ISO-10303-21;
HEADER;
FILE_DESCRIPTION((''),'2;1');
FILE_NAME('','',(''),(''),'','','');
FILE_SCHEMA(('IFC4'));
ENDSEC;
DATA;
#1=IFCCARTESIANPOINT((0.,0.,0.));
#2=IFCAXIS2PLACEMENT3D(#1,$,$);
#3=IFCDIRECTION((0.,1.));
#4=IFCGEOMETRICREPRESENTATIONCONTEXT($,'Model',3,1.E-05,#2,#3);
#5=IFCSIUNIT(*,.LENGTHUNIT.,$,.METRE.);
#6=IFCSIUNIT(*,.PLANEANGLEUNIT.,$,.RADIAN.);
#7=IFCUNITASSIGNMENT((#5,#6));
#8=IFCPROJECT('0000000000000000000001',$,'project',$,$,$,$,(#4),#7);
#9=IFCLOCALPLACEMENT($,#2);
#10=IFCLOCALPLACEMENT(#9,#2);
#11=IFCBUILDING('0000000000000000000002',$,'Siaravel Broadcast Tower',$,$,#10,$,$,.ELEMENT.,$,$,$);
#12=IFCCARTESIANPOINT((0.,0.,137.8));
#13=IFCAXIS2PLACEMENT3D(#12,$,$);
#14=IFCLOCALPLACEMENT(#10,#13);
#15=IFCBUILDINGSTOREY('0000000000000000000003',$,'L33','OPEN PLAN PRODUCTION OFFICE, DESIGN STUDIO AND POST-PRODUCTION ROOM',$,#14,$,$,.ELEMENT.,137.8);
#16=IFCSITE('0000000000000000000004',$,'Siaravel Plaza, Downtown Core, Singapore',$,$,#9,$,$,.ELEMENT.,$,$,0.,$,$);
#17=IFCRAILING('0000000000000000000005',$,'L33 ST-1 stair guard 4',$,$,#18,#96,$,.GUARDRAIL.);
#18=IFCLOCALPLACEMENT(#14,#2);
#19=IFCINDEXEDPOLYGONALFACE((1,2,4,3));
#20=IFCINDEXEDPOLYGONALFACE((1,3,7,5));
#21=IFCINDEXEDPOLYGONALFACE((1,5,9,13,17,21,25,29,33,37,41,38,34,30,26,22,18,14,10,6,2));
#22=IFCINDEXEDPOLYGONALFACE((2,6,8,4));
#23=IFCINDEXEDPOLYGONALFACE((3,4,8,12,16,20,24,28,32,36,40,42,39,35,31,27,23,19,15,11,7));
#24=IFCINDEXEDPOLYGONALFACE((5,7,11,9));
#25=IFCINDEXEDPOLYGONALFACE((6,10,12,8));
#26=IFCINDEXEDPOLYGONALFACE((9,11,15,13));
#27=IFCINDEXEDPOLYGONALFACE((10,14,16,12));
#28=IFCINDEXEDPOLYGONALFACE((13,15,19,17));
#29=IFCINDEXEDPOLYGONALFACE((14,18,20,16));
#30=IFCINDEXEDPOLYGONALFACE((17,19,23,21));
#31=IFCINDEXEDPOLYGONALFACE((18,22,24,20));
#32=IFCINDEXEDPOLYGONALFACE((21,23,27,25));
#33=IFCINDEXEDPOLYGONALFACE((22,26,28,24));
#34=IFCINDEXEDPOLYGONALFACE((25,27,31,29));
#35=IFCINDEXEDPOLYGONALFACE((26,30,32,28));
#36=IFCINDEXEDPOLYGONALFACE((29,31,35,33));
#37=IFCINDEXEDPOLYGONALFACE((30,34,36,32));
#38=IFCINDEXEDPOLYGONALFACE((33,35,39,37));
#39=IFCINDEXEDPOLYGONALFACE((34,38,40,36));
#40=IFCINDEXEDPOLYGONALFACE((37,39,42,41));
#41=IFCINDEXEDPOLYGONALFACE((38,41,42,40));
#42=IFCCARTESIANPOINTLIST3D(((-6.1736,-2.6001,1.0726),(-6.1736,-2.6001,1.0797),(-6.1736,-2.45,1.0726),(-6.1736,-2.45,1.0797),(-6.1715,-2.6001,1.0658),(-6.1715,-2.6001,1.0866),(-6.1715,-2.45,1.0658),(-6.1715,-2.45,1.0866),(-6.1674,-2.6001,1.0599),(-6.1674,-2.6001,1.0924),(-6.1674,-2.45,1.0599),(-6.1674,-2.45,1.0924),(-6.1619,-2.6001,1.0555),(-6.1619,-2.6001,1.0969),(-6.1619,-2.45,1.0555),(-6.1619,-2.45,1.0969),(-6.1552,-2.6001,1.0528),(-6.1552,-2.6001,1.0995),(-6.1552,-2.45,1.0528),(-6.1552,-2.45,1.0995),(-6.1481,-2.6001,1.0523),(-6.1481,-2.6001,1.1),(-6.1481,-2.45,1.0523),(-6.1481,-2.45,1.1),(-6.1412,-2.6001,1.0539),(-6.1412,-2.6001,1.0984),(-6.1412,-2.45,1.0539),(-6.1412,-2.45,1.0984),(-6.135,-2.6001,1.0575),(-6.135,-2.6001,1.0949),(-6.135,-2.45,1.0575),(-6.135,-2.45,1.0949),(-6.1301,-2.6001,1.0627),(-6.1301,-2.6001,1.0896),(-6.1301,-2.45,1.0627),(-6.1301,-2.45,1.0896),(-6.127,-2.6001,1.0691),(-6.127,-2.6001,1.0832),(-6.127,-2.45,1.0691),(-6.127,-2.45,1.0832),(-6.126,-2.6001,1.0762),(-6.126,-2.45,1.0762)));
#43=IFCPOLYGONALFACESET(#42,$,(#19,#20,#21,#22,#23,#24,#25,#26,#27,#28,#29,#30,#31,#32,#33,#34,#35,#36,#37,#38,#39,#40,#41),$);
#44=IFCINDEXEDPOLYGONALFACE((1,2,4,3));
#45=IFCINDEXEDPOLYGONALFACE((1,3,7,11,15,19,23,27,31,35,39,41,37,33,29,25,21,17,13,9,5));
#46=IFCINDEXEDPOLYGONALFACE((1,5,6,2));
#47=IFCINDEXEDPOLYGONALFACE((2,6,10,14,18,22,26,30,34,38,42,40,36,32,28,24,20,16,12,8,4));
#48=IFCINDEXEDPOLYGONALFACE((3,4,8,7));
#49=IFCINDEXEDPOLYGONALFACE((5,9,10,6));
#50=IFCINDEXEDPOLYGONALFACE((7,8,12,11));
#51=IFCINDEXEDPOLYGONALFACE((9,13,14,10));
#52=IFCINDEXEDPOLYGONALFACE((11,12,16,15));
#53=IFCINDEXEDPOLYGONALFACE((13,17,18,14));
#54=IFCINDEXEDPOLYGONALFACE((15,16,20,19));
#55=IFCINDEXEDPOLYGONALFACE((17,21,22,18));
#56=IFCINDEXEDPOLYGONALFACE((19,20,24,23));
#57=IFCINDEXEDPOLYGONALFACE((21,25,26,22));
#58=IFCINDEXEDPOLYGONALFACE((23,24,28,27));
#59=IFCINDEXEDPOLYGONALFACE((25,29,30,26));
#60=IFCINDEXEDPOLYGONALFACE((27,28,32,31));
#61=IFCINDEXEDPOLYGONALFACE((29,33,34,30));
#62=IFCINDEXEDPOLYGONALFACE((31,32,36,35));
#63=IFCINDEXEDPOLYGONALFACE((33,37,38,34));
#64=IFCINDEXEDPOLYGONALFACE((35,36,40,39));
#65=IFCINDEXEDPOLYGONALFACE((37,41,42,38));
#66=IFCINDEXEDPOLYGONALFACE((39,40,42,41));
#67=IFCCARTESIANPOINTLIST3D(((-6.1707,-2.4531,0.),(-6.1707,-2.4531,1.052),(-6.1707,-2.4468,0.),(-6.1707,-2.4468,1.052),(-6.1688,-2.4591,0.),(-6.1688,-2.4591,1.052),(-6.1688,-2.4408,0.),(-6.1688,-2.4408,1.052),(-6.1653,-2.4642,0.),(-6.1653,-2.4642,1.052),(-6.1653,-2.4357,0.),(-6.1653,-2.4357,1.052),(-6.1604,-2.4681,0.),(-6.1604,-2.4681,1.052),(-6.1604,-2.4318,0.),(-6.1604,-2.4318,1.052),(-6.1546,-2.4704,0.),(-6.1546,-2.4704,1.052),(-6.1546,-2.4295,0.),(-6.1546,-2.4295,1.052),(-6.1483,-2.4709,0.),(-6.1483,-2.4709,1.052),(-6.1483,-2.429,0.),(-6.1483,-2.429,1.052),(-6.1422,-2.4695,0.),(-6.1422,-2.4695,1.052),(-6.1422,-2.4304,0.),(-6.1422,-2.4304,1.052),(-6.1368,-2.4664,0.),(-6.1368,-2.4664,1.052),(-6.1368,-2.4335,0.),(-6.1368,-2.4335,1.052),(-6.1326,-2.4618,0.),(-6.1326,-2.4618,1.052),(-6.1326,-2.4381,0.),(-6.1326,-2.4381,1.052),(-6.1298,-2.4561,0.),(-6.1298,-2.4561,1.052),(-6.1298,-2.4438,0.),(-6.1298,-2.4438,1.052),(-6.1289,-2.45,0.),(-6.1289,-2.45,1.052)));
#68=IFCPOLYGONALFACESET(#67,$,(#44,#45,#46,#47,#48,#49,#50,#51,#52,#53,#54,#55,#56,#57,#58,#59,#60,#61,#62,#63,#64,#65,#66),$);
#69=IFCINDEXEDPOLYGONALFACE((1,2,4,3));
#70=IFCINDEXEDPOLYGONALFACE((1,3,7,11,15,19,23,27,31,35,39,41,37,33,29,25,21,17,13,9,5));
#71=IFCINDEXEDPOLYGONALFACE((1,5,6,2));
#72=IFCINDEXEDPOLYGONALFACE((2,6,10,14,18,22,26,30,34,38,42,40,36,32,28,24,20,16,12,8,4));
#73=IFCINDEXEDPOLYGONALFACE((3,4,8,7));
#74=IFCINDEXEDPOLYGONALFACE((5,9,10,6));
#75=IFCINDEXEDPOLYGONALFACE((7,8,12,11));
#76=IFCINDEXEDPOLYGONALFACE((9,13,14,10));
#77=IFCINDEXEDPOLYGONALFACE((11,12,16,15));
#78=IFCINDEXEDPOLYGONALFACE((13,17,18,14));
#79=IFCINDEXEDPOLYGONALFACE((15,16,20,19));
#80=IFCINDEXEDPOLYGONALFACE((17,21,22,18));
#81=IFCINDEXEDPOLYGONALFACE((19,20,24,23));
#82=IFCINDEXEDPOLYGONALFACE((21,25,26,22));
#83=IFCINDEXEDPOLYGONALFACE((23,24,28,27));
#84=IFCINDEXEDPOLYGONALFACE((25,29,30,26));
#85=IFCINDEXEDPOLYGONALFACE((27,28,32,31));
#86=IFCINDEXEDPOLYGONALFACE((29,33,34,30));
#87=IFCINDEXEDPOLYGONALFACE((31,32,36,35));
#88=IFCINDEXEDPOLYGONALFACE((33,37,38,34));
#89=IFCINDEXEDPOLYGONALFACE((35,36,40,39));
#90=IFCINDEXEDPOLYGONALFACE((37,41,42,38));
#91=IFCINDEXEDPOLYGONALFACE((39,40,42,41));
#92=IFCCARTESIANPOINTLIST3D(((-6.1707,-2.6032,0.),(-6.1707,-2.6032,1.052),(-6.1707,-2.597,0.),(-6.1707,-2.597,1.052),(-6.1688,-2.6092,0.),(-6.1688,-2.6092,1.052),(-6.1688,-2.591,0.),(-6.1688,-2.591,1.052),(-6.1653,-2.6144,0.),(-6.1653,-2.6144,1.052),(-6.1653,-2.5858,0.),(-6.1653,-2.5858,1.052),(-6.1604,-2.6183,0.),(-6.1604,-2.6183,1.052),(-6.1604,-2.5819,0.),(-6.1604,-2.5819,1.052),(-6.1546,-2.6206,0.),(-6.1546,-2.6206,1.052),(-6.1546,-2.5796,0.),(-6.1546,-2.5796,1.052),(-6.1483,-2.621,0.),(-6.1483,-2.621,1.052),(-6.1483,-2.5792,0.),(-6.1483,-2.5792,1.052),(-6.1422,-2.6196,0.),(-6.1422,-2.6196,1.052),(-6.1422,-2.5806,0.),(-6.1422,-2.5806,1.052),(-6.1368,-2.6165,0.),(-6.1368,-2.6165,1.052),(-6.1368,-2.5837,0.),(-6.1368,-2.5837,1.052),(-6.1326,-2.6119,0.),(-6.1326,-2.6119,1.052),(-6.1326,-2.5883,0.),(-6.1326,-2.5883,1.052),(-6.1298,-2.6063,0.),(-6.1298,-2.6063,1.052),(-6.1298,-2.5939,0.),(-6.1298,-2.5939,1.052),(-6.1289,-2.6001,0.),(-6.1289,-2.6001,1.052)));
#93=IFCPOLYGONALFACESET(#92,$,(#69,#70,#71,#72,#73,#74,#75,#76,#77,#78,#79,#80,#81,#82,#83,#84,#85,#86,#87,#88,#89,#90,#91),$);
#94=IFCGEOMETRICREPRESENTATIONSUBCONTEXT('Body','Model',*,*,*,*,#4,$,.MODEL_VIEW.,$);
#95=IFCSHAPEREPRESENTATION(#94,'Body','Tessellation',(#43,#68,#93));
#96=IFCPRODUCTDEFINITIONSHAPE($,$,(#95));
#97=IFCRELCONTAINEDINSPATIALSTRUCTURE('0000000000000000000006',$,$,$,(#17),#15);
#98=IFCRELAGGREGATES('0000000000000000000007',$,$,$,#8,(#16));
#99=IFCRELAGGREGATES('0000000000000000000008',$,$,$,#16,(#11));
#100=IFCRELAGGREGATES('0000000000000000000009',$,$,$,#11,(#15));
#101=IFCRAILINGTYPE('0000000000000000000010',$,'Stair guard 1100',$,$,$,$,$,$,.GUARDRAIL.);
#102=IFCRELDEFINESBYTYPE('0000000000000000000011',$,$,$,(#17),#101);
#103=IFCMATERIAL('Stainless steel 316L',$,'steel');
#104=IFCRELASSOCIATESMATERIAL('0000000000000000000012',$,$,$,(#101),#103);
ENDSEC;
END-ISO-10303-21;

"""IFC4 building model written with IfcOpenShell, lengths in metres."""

from ifc_helpers import new_model, si_unit, direction, frame, origin, origin_2d, place, context, subcontext, project, spatial, circle, extrude, material, type_object, element, save


model = new_model("IFC4")

# Units and contexts
model_context = context("Model", 3, precision=1e-05, world=origin(), true_north=direction((0.0, 1.0)))
body_context = subcontext(model_context, "Body", "Model", "MODEL_VIEW")
ifc_project = project(units=[si_unit("LENGTHUNIT", "METRE"), si_unit("PLANEANGLEUNIT", "RADIAN")], contexts=[model_context])

# Site, building, storey
site_placement = place(None, origin())
site = spatial("IfcSite", under=ifc_project, at=site_placement, Name="Siaravel Plaza, Downtown Core, Singapore", CompositionType="ELEMENT", RefElevation=0.0)
building_placement = place(site_placement, origin())
building = spatial("IfcBuilding", under=site, at=building_placement, Name="Siaravel Broadcast Tower", CompositionType="ELEMENT")
storey_placement = place(building_placement, frame((0.0, 0.0, 137.8)))
storey = spatial("IfcBuildingStorey", under=building, at=storey_placement, Name="L33", Description="OPEN PLAN PRODUCTION OFFICE, DESIGN STUDIO AND POST-PRODUCTION ROOM", CompositionType="ELEMENT", Elevation=137.8)

# Railing
ifc_material_1 = material(Name="Stainless steel 316L", Category="steel")
railing_type = type_object("IfcRailingType", Name="Stair guard 1100", PredefinedType="GUARDRAIL", material=ifc_material_1)
railing_1_placement = place(storey_placement, frame((-6.1499, -2.45, 0.0)))
element("IfcRailing", 1, at=railing_1_placement, inside=storey, type_object=railing_type, Name="L33 ST-1 stair guard 4", PredefinedType="GUARDRAIL", context=body_context, shape_type="SweptSolid", body=[
    extrude(circle(Radius=0.0239, at=origin_2d()), frame((0.0, 0.0, 1.0762), z_axis=(0.0, -1.0, 0.0), x_axis=(1.0, 0.0, 0.0)), (0.0, 0.0, 1.0), 0.1501),
    extrude(circle(Radius=0.021, at=origin_2d()), origin(), (0.0, 0.0, 1.0), 1.052),
    extrude(circle(Radius=0.021, at=origin_2d()), frame((0.0, -0.1501, 0.0)), (0.0, 0.0, 1.0), 1.052),
])

save(model, "model.ifc")
